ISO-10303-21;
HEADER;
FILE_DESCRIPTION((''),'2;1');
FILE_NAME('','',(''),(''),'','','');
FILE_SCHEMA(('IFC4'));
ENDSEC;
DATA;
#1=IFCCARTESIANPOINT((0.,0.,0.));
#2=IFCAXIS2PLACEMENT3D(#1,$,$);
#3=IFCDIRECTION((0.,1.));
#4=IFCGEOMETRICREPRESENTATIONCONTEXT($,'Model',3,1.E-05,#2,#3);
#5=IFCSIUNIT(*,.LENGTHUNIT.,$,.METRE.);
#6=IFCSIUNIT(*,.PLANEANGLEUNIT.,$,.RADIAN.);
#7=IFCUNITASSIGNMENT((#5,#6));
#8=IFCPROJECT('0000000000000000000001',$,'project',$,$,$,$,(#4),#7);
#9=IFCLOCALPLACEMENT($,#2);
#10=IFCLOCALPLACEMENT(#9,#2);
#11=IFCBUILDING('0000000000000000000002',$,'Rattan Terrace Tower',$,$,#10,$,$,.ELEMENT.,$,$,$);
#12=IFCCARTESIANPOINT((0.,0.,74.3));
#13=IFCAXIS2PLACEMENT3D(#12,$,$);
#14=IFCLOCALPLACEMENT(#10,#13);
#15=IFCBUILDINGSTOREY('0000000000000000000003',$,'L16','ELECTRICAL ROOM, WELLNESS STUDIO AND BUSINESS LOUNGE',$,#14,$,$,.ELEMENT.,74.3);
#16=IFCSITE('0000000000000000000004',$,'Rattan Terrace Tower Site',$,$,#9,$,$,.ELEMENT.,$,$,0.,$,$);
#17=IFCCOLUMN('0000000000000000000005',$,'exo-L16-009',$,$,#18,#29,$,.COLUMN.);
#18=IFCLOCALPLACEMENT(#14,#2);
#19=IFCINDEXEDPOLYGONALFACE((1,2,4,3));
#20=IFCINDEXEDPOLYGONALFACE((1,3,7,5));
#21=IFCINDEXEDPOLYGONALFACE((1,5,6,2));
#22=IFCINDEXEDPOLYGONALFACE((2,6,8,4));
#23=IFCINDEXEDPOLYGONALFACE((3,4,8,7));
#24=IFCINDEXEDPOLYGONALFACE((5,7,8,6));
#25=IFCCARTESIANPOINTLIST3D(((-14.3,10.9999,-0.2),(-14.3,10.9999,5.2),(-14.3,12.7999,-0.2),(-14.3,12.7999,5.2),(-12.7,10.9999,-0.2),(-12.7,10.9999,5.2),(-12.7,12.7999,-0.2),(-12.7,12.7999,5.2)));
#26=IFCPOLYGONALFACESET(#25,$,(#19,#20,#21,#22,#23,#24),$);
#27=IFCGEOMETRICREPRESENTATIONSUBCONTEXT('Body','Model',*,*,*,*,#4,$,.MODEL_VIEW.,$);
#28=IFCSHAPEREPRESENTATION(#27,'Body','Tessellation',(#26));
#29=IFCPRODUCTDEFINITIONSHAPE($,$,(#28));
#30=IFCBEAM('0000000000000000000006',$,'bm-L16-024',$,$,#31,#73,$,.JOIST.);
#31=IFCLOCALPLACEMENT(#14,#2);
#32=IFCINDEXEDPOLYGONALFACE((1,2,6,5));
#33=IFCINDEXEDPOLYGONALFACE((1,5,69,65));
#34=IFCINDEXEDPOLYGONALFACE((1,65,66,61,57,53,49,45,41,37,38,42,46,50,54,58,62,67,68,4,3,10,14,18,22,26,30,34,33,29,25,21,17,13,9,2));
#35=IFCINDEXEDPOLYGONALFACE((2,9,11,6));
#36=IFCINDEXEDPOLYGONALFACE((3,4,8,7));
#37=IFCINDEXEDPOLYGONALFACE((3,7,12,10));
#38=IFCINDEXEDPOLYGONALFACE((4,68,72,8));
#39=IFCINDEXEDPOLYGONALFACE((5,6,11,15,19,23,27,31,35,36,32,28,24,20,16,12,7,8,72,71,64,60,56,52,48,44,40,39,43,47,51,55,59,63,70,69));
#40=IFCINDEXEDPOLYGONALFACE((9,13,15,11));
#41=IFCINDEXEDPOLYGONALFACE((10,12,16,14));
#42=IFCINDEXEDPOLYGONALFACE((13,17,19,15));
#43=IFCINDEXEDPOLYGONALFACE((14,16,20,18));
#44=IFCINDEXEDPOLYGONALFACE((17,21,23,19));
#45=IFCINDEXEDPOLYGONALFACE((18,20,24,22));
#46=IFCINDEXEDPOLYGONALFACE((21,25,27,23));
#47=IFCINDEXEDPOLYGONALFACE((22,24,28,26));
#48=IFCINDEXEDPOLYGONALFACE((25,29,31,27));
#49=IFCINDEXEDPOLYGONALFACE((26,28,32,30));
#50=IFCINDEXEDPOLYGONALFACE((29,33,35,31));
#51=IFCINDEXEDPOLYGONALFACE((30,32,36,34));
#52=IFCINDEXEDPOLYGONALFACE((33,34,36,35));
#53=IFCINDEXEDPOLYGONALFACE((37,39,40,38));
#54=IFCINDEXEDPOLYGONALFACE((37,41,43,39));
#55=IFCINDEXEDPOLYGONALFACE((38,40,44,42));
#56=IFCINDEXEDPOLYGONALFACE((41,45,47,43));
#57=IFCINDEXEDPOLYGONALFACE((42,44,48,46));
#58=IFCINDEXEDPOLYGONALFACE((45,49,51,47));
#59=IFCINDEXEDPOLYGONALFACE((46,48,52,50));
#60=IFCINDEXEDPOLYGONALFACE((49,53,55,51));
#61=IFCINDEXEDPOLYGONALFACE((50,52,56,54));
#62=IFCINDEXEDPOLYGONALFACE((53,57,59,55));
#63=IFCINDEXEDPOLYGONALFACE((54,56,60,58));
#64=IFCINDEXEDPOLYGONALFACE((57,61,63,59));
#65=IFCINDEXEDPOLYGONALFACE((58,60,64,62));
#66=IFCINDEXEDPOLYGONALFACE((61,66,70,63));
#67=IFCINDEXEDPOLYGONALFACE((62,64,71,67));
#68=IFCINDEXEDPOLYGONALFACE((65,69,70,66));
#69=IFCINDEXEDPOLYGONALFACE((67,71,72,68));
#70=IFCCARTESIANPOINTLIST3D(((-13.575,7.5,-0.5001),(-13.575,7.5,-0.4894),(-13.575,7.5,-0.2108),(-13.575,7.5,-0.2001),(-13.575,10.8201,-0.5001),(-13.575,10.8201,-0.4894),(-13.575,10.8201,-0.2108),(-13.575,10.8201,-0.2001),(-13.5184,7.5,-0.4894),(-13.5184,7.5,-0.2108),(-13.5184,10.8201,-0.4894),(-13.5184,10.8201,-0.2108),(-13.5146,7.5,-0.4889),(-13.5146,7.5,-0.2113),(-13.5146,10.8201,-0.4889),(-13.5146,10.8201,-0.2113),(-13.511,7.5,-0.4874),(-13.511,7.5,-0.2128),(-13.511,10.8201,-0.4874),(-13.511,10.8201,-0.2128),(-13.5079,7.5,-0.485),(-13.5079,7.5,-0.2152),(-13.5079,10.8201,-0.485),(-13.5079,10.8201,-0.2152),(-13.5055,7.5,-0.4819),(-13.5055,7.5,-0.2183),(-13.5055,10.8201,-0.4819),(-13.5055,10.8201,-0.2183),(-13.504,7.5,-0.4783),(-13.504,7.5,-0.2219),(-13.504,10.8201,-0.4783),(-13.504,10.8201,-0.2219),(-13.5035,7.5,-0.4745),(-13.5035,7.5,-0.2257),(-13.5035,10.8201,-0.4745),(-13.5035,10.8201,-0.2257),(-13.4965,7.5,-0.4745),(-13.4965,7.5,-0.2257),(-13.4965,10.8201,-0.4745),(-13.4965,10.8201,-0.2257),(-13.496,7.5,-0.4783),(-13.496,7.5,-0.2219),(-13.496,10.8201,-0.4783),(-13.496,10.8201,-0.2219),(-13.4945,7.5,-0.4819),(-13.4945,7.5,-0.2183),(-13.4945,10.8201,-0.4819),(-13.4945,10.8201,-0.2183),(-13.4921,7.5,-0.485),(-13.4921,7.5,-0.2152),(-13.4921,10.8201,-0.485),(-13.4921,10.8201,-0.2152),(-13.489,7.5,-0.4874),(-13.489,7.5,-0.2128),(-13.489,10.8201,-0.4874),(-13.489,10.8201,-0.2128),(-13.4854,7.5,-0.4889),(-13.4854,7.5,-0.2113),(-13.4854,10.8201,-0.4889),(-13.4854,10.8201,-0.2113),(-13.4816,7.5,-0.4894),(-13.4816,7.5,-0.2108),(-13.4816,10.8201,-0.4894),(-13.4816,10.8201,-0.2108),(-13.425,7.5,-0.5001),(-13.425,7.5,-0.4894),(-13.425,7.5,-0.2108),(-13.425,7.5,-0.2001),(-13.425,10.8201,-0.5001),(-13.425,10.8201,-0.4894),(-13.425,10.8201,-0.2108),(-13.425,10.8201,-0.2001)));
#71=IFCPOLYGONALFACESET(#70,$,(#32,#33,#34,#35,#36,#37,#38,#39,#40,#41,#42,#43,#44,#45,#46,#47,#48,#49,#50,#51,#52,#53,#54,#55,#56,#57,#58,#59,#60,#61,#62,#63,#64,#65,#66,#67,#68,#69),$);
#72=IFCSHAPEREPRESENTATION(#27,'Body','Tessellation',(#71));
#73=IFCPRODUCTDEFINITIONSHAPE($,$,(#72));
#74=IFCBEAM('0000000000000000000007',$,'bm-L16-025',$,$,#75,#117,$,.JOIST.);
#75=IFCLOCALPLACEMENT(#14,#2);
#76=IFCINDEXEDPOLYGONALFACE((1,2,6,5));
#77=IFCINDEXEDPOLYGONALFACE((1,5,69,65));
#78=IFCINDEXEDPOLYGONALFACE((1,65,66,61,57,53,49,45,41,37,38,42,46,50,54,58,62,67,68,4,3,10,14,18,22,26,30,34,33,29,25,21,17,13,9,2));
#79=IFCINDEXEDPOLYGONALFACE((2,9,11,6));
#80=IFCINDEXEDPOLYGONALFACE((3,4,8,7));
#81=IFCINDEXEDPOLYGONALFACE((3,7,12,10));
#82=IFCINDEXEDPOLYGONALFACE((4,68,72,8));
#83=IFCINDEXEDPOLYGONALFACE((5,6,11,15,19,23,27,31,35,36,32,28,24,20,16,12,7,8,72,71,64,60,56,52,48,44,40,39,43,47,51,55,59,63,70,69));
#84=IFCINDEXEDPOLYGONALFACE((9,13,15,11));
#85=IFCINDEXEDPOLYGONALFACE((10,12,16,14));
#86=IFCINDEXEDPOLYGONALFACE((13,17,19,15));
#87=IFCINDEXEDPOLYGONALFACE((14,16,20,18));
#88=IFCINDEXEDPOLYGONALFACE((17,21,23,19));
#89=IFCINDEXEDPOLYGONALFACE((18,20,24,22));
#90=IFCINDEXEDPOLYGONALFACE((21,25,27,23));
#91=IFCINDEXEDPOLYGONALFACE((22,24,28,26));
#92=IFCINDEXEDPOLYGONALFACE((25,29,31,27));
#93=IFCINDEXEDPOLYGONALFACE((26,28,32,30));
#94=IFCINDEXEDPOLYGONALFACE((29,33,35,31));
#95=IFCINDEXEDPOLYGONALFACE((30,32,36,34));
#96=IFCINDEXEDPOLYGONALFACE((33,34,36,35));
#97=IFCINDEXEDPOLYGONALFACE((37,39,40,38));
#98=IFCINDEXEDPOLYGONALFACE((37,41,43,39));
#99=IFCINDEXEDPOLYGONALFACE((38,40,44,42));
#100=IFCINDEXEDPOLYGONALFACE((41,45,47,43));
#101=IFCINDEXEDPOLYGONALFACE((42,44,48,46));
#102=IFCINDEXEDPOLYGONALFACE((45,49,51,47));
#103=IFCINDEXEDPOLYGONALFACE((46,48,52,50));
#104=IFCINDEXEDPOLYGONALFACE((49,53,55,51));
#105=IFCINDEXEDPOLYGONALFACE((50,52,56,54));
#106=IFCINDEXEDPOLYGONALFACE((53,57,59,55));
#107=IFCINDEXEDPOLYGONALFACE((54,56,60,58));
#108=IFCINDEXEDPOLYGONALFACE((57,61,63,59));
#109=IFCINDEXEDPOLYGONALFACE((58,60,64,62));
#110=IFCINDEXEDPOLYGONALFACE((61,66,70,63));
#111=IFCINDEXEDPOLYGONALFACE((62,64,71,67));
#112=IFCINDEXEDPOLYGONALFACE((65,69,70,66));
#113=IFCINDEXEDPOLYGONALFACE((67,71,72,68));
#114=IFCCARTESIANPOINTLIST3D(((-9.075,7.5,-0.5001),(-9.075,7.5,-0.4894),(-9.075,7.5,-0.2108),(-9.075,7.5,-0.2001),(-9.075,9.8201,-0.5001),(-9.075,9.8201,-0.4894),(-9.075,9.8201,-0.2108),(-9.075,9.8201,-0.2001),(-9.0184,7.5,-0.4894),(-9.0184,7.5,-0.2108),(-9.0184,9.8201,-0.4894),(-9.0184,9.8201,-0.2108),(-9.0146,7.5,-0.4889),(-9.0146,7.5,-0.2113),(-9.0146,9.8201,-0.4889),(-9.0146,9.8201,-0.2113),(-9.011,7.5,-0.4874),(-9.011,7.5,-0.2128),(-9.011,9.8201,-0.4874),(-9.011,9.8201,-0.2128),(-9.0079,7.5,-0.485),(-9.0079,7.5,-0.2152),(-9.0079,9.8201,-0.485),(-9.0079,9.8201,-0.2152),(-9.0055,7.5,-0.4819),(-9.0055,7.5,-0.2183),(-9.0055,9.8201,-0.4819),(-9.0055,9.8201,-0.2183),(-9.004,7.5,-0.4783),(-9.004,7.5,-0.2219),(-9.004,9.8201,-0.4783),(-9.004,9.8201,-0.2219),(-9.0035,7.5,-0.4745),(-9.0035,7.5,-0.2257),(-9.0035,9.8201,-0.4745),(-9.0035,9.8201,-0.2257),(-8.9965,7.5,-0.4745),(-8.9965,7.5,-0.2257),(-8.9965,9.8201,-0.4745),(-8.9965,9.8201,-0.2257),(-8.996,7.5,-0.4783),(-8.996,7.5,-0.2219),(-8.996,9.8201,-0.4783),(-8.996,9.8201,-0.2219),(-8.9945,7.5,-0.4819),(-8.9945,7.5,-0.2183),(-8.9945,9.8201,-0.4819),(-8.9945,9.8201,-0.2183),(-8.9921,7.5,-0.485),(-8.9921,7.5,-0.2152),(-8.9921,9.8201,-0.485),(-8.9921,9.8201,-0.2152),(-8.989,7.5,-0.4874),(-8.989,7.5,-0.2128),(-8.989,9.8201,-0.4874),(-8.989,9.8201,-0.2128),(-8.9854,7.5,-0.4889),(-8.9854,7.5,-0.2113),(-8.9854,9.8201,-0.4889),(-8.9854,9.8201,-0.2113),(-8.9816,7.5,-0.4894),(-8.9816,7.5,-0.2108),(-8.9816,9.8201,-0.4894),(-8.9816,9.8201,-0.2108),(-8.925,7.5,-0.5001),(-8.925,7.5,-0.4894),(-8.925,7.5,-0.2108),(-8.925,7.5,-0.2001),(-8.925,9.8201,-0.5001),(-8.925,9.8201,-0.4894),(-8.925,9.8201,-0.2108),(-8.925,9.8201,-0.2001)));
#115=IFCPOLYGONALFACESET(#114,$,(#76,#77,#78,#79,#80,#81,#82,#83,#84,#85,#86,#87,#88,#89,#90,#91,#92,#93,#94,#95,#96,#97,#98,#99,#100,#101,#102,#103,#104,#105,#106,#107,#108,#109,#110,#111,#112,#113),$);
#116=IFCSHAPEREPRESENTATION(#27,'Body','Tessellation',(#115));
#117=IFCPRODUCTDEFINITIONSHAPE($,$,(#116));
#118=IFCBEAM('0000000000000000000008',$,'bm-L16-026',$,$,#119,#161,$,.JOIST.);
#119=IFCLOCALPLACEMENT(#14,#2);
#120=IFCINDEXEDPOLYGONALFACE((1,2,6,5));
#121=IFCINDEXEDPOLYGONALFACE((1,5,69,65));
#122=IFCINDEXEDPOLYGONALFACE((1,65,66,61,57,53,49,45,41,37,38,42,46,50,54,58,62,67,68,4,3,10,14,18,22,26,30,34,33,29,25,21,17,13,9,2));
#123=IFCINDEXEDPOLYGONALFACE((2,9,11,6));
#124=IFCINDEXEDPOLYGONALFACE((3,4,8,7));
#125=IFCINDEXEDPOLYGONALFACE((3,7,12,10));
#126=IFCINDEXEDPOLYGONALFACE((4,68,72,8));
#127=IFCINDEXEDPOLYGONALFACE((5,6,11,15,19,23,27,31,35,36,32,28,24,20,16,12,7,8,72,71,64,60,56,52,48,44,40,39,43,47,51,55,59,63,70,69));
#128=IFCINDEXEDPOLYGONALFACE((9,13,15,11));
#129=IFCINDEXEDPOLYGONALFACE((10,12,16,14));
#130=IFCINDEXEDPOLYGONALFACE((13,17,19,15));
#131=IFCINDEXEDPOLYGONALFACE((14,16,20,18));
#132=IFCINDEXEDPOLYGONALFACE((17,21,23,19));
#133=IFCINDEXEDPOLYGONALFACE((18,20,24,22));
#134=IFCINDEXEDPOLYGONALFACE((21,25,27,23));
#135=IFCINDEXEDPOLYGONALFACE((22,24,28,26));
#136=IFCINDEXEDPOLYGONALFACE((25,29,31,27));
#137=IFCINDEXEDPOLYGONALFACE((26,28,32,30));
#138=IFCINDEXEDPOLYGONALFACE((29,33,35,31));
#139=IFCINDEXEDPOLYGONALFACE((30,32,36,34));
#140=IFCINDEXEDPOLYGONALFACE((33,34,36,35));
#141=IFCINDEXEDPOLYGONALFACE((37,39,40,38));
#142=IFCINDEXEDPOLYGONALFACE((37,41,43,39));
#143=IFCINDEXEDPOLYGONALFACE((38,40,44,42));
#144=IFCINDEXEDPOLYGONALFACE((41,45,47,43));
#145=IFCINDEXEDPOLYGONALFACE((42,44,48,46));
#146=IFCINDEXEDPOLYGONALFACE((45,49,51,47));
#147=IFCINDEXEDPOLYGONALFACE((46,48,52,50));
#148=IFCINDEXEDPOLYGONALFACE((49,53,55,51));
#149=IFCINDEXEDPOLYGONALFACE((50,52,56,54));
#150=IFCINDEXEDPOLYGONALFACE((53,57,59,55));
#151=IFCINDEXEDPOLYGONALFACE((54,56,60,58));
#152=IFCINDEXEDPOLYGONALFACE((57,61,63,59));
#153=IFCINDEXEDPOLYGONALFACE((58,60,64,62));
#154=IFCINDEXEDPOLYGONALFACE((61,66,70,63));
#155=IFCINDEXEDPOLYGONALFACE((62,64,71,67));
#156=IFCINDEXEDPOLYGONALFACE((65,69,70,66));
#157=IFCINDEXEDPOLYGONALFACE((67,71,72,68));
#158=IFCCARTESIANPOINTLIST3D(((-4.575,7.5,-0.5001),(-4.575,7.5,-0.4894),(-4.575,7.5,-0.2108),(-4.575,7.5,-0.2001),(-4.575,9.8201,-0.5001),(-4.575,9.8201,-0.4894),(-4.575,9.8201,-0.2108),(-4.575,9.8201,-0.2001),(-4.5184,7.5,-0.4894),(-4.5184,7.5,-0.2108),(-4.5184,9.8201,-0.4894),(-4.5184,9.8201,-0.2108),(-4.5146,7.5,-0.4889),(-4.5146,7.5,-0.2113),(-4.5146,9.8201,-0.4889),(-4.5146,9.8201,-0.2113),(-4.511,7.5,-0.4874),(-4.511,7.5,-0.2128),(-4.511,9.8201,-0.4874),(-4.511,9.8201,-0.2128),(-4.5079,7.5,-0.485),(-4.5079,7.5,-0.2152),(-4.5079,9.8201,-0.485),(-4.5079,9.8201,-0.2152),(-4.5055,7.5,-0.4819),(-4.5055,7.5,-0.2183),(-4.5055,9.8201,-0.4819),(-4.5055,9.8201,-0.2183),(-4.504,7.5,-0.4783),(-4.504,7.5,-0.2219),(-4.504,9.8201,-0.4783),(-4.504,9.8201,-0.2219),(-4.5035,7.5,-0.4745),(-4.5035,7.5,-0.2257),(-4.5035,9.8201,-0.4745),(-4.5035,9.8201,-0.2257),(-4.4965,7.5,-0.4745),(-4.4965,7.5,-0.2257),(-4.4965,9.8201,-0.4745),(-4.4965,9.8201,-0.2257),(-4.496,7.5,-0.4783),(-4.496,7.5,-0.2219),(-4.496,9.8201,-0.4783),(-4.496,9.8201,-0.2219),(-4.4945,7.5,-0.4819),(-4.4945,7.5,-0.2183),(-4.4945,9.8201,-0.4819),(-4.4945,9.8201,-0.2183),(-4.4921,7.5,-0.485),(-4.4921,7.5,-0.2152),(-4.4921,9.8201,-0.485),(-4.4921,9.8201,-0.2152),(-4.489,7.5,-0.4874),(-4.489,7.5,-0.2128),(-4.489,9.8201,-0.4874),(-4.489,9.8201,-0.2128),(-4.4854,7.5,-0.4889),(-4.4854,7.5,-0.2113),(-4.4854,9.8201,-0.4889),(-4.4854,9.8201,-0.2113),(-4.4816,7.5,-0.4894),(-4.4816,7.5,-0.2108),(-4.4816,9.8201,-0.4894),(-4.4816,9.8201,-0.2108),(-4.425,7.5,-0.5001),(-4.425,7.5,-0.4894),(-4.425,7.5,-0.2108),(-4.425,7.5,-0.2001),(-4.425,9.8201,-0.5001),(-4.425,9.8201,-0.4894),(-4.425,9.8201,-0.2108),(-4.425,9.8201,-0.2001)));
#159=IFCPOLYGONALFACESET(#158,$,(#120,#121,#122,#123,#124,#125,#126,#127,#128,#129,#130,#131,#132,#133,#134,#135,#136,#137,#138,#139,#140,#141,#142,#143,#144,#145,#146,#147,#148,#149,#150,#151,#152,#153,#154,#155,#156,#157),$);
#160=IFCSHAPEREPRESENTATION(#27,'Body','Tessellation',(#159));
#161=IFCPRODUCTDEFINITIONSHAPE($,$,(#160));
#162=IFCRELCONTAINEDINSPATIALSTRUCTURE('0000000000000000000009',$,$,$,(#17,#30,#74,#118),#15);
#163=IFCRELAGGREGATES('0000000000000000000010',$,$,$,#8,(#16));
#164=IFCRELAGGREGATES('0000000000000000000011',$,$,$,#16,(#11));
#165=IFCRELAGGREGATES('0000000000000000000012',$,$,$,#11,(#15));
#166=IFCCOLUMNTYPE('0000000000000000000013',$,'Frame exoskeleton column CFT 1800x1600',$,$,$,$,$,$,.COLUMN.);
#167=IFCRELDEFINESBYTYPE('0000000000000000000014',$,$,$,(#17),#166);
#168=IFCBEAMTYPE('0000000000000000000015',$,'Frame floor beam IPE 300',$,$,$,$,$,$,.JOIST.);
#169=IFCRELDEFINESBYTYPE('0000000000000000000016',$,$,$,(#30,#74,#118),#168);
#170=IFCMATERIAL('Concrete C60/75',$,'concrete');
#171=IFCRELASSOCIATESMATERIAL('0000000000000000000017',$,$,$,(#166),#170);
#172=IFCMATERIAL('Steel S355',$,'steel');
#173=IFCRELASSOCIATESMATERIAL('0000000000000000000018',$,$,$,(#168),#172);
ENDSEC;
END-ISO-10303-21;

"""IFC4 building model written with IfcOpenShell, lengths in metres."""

from ifc_helpers import new_model, si_unit, direction, frame, origin, origin_2d, place, context, subcontext, project, spatial, rectangle, i_section, extrude, material, material_profile, profile_set, type_object, element, save


model = new_model("IFC4")

# Units and contexts
model_context = context("Model", 3, precision=1e-05, world=origin(), true_north=direction((0.0, 1.0)))
body_context = subcontext(model_context, "Body", "Model", "MODEL_VIEW")
ifc_project = project(units=[si_unit("LENGTHUNIT", "METRE"), si_unit("PLANEANGLEUNIT", "RADIAN")], contexts=[model_context])

# Site, building, storey
site_placement = place(None, origin())
site = spatial("IfcSite", under=ifc_project, at=site_placement, Name="Rattan Terrace Tower Site", CompositionType="ELEMENT", RefElevation=0.0)
building_placement = place(site_placement, origin())
building = spatial("IfcBuilding", under=site, at=building_placement, Name="Rattan Terrace Tower", CompositionType="ELEMENT")
storey_placement = place(building_placement, frame((0.0, 0.0, 74.3)))
storey = spatial("IfcBuildingStorey", under=building, at=storey_placement, Name="L16", Description="ELECTRICAL ROOM, WELLNESS STUDIO AND BUSINESS LOUNGE", CompositionType="ELEMENT", Elevation=74.3)

# Column
ifc_material_1 = material(Name="Concrete C60/75", Category="concrete")
ifc_material_profile_1 = material_profile(ifc_material_1, rectangle(XDim=1.6001, YDim=1.8, at=origin_2d()), Name="CFT 1800x1600")
ifc_profile_set_1 = profile_set([ifc_material_profile_1], Name="Concrete C60/75")
column_type = type_object("IfcColumnType", Name="Frame exoskeleton column CFT 1800x1600", PredefinedType="COLUMN", material=ifc_profile_set_1)
column_placement = place(storey_placement, frame((-13.5, 11.8999, -0.2), z_axis=(0.0, 0.0, 1.0), x_axis=(1.0, 0.0, 0.0)))
element("IfcColumn", 1, at=column_placement, inside=storey, type_object=column_type, Name="exo-L16-009", PredefinedType="COLUMN", context=body_context, shape_type="SweptSolid", body=[
    extrude(rectangle(XDim=1.6001, YDim=1.8, at=origin_2d()), origin(), (0.0, 0.0, 1.0), 5.3999),
])

# Beams
ifc_material_2 = material(Name="Steel S355", Category="steel")
ifc_material_profile_2 = material_profile(ifc_material_2, i_section(OverallWidth=0.1499, OverallDepth=0.3, WebThickness=0.0071, FlangeThickness=0.0107, FilletRadius=0.0149, at=origin_2d()), Name="IPE 300")
ifc_profile_set_2 = profile_set([ifc_material_profile_2], Name="Steel S355")
beam_type = type_object("IfcBeamType", Name="Frame floor beam IPE 300", PredefinedType="JOIST", material=ifc_profile_set_2)
beam_placement = place(storey_placement, frame((-13.5, 7.5, -0.3501), z_axis=(0.0, 1.0, 0.0), x_axis=(-1.0, 0.0, 0.0)))
element("IfcBeam", 2, at=beam_placement, inside=storey, type_object=beam_type, Name="bm-L16-024", PredefinedType="JOIST", context=body_context, shape_type="SweptSolid", body=[
    extrude(i_section(OverallWidth=0.1499, OverallDepth=0.3, WebThickness=0.0071, FlangeThickness=0.0107, FilletRadius=0.0149, at=origin_2d()), origin(), (0.0, 0.0, 1.0), 3.3201),
])
for number, where, z_axis, x_axis, name in (
    (3, (-9.0, 7.5, -0.3501), (0.0, 1.0, 0.0), (-1.0, 0.0, 0.0), "bm-L16-025"),
    (4, (-4.5, 7.5, -0.3501), (0.0, 1.0, 0.0), (-1.0, 0.0, 0.0), "bm-L16-026"),
):
    element("IfcBeam", number, at=place(storey_placement, frame(where, z_axis=z_axis, x_axis=x_axis)), inside=storey, type_object=beam_type, Name=name, PredefinedType="JOIST", context=body_context, shape_type="SweptSolid", body=[
        extrude(i_section(OverallWidth=0.1499, OverallDepth=0.3, WebThickness=0.0071, FlangeThickness=0.0107, FilletRadius=0.0149, at=origin_2d()), origin(), (0.0, 0.0, 1.0), 2.3201),
    ])

save(model, "model.ifc")
